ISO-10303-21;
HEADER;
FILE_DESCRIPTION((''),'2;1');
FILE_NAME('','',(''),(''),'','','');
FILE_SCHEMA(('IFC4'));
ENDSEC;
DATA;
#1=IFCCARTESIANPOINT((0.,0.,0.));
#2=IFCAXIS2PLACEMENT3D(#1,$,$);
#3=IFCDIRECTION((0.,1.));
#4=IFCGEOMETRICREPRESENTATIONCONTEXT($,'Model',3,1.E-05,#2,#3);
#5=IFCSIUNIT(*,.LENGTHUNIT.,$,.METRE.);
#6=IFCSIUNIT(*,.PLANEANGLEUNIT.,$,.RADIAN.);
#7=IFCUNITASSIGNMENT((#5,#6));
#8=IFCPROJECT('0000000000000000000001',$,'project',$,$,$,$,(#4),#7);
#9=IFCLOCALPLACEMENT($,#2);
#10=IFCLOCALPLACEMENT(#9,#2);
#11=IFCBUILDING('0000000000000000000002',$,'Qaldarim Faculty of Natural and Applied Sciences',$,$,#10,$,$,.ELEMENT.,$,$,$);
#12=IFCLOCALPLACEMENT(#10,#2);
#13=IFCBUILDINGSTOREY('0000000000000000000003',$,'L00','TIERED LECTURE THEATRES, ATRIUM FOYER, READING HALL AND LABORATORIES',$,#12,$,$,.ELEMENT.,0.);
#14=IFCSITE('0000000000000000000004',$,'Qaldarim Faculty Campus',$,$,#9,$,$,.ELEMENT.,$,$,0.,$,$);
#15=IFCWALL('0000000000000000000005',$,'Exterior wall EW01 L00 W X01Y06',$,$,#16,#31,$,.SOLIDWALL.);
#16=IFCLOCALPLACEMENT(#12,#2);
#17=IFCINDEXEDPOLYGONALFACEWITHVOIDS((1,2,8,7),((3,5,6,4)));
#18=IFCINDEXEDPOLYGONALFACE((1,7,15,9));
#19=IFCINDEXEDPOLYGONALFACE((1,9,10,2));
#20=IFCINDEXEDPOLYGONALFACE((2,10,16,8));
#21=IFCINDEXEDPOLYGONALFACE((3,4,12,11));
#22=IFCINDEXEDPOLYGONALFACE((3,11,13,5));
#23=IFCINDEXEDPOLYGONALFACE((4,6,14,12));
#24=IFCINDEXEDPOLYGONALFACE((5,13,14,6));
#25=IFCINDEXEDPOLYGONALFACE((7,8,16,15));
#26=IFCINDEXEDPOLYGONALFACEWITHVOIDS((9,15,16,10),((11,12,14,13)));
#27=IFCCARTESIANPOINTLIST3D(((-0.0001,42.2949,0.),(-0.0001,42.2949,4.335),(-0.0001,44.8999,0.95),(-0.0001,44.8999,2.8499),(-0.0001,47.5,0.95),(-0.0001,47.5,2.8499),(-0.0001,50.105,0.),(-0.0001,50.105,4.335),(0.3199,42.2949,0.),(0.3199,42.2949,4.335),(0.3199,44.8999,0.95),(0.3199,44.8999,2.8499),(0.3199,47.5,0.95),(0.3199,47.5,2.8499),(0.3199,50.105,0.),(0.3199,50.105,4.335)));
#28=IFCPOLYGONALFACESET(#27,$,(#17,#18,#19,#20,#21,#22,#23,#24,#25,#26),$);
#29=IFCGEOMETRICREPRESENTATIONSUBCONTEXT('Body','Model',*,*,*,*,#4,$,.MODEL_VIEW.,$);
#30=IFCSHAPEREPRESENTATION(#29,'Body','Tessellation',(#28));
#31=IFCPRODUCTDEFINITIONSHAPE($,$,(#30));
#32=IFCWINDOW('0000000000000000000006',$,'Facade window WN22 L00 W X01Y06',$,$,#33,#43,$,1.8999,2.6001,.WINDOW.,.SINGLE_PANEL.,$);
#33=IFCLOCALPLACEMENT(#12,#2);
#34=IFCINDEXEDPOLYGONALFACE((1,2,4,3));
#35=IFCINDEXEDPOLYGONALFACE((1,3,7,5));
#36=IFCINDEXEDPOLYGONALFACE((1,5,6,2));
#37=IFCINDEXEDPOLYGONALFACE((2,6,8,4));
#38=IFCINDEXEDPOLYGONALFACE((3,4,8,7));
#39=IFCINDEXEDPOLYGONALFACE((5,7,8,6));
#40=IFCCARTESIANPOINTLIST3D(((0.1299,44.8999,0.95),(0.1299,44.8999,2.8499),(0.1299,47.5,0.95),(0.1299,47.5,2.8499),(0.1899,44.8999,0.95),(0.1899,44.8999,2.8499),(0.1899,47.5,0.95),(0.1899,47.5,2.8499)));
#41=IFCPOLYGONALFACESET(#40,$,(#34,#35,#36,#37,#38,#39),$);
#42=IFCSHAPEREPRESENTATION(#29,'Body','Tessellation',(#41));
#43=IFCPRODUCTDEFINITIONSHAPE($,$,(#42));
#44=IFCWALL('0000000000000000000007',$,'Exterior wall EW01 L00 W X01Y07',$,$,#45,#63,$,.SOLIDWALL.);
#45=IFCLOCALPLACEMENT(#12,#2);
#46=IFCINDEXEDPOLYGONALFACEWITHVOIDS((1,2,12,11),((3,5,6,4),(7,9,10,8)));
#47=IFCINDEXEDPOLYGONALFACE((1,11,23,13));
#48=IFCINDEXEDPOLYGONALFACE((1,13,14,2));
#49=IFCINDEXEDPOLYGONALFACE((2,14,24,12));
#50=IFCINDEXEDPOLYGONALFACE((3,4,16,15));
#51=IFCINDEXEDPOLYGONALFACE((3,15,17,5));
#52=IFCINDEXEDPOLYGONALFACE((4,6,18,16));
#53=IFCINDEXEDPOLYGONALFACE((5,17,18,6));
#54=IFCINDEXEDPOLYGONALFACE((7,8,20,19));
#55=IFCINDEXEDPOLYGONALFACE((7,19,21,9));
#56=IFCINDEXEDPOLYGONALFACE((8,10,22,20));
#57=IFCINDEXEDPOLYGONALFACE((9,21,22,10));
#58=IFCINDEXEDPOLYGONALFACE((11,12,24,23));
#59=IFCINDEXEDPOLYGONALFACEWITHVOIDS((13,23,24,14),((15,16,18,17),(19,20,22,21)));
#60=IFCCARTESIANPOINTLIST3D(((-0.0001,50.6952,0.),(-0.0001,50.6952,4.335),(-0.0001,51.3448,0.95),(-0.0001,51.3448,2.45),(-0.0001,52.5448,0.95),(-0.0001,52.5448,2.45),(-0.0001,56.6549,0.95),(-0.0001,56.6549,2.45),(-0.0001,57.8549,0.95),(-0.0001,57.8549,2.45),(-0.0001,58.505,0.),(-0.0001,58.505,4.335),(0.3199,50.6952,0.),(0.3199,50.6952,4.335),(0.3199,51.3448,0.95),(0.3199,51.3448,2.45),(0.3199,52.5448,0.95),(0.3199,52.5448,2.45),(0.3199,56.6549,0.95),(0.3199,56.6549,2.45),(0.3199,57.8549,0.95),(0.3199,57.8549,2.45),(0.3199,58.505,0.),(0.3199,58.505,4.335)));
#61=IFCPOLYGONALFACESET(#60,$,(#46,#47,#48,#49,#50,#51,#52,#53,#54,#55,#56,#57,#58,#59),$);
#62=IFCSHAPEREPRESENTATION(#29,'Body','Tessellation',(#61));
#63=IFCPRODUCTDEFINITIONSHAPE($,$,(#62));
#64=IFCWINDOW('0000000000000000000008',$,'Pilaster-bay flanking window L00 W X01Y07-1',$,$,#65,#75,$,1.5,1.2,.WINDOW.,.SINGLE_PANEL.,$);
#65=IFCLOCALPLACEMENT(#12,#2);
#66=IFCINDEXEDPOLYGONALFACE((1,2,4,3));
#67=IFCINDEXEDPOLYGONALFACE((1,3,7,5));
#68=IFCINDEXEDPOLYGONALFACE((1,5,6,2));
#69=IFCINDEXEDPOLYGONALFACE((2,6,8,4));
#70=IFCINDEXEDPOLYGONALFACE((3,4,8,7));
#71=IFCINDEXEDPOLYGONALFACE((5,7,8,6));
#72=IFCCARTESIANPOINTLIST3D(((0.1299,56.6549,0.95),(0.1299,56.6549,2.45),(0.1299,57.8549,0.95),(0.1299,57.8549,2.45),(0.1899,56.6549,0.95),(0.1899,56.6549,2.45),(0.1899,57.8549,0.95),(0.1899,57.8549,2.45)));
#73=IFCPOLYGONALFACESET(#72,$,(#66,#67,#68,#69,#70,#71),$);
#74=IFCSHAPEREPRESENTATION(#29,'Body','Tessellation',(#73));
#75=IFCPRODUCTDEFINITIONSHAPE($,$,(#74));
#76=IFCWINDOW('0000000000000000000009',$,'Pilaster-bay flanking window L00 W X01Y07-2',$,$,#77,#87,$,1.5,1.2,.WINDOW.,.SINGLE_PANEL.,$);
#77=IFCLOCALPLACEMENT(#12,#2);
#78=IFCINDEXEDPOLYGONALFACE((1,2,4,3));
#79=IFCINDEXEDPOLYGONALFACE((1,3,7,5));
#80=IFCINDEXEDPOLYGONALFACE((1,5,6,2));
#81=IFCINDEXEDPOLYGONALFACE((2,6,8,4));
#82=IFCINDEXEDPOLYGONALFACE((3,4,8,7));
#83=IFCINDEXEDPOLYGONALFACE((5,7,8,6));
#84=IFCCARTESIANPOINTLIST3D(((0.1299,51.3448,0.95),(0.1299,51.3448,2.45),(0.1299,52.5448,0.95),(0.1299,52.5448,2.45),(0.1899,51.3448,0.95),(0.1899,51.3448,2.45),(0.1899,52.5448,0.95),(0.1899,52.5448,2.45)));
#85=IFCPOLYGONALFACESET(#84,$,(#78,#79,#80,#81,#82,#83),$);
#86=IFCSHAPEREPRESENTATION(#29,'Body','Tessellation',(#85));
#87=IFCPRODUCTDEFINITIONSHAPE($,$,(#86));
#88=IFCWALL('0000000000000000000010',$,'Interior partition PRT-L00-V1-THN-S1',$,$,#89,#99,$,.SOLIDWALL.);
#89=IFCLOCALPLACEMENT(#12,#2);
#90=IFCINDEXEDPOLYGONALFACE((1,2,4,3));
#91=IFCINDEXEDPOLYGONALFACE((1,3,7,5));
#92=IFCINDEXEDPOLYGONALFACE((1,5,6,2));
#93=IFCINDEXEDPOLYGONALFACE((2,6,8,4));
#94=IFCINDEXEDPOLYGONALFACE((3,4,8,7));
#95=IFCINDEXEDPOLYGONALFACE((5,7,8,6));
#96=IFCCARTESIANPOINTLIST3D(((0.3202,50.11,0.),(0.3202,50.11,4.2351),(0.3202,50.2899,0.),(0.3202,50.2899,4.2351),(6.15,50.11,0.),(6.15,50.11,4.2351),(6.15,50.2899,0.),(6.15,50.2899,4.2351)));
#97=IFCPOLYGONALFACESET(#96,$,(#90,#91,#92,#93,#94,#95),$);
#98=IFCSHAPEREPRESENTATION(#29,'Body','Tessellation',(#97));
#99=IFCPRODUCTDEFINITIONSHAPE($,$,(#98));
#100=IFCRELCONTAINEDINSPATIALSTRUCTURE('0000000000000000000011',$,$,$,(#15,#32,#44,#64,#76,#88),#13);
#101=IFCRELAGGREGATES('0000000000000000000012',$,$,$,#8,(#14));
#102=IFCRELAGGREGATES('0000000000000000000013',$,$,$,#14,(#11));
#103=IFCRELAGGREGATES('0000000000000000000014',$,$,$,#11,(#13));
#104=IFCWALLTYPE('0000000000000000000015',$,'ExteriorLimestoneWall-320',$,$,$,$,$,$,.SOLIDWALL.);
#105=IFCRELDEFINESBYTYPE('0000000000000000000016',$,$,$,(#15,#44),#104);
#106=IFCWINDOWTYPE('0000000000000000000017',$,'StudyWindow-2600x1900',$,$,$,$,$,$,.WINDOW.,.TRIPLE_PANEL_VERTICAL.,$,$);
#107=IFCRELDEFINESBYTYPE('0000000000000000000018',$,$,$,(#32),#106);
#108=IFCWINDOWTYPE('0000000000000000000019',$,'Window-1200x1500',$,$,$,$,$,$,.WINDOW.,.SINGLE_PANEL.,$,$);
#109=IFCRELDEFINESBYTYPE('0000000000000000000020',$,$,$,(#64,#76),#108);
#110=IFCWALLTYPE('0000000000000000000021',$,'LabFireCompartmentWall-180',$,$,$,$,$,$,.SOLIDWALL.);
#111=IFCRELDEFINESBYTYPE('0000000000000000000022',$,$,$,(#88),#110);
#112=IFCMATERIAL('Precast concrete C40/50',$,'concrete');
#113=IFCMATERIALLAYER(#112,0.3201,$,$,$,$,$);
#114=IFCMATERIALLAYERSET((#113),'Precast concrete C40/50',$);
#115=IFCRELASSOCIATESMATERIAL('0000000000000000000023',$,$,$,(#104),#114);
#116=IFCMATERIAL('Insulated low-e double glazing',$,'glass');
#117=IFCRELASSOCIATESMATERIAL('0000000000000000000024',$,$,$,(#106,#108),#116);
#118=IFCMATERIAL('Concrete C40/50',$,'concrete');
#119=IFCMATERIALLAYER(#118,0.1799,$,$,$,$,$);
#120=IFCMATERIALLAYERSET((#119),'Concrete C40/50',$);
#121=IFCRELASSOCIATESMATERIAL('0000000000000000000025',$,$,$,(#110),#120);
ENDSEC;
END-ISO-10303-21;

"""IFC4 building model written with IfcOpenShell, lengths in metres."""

from ifc_helpers import new_model, si_unit, direction, frame, frame_2d, origin, place, context, subcontext, project, spatial, rectangle, extrude, material, layer, layer_set, type_object, element, fill, save


model = new_model("IFC4")

# Units and contexts
model_context = context("Model", 3, precision=1e-05, world=origin(), true_north=direction((0.0, 1.0)))
body_context = subcontext(model_context, "Body", "Model", "MODEL_VIEW")
ifc_project = project(units=[si_unit("LENGTHUNIT", "METRE"), si_unit("PLANEANGLEUNIT", "RADIAN")], contexts=[model_context])

# Site, building, storey
site_placement = place(None, origin())
site = spatial("IfcSite", under=ifc_project, at=site_placement, Name="Qaldarim Faculty Campus", CompositionType="ELEMENT", RefElevation=0.0)
building_placement = place(site_placement, origin())
building = spatial("IfcBuilding", under=site, at=building_placement, Name="Qaldarim Faculty of Natural and Applied Sciences", CompositionType="ELEMENT")
storey_placement = place(building_placement, origin())
storey = spatial("IfcBuildingStorey", under=building, at=storey_placement, Name="L00", Description="TIERED LECTURE THEATRES, ATRIUM FOYER, READING HALL AND LABORATORIES", CompositionType="ELEMENT", Elevation=0.0)

# Wall, opening, window
ifc_material_1 = material(Name="Precast concrete C40/50", Category="concrete")
ifc_layer_1 = layer(ifc_material_1, 0.3201)
ifc_layer_set_1 = layer_set([ifc_layer_1], Name="Precast concrete C40/50")
wall_type_1 = type_object("IfcWallType", Name="ExteriorLimestoneWall-320", PredefinedType="SOLIDWALL", material=ifc_layer_set_1)
wall_1_placement = place(storey_placement, frame((0.1599, 50.105, 0.0), z_axis=(0.0, 0.0, 1.0), x_axis=(0.0, -1.0, 0.0)))
wall_1 = element("IfcWall", 1, at=wall_1_placement, inside=storey, type_object=wall_type_1, Name="Exterior wall EW01 L00 W X01Y06", PredefinedType="SOLIDWALL", context=body_context, shape_type="SweptSolid", body=[
    extrude(rectangle(XDim=7.8101, YDim=0.3201, at=frame_2d((3.905, 0.0))), origin(), (0.0, 0.0, 1.0), 4.335),
])
opening_1_placement = place(wall_1_placement, frame((2.605, 0.0, 0.95)))
opening_1 = element("IfcOpeningElement", 2, at=opening_1_placement, cuts=wall_1, PredefinedType="OPENING", context=body_context, shape_type="SweptSolid", body=[
    extrude(rectangle(XDim=2.6001, YDim=1.8999, at=frame_2d((1.3, 0.95))), frame((0.0, 0.1699, 0.0), z_axis=(0.0, -1.0, 0.0), x_axis=(1.0, 0.0, 0.0)), (0.0, 0.0, 1.0), 0.3401),
])
ifc_material_2 = material(Name="Insulated low-e double glazing", Category="glass")
window_type_1 = type_object("IfcWindowType", Name="StudyWindow-2600x1900", PartitioningType="TRIPLE_PANEL_VERTICAL", PredefinedType="WINDOW", material=ifc_material_2)
window_1_placement = place(opening_1_placement, origin())
window_1 = element("IfcWindow", 3, at=window_1_placement, inside=storey, type_object=window_type_1, Name="Facade window WN22 L00 W X01Y06", OverallHeight=1.8999, OverallWidth=2.6001, PartitioningType="SINGLE_PANEL", PredefinedType="WINDOW", context=body_context, shape_type="SweptSolid", body=[
    extrude(rectangle(XDim=2.6001, YDim=1.8999, at=frame_2d((1.3, 0.95))), frame((0.0, 0.03, 0.0), z_axis=(0.0, -1.0, 0.0), x_axis=(1.0, 0.0, 0.0)), (0.0, 0.0, 1.0), 0.0601),
])
fill(opening_1, window_1)

# Wall, openings, windows
wall_2_placement = place(storey_placement, frame((0.1599, 58.5049, 0.0), z_axis=(0.0, 0.0, 1.0), x_axis=(0.0, -1.0, 0.0)))
wall_2 = element("IfcWall", 4, at=wall_2_placement, inside=storey, type_object=wall_type_1, Name="Exterior wall EW01 L00 W X01Y07", PredefinedType="SOLIDWALL", context=body_context, shape_type="SweptSolid", body=[
    extrude(rectangle(XDim=7.8098, YDim=0.3201, at=frame_2d((3.9048, 0.0))), origin(), (0.0, 0.0, 1.0), 4.335),
])
opening_2_placement = place(wall_2_placement, frame((0.6499, 0.0, 0.95)))
opening_2 = element("IfcOpeningElement", 5, at=opening_2_placement, cuts=wall_2, PredefinedType="OPENING", context=body_context, shape_type="SweptSolid", body=[
    extrude(rectangle(XDim=1.2, YDim=1.5, at=frame_2d((0.6001, 0.75))), frame((0.0, 0.1699, 0.0), z_axis=(0.0, -1.0, 0.0), x_axis=(1.0, 0.0, 0.0)), (0.0, 0.0, 1.0), 0.3401),
])
opening_3_placement = place(wall_2_placement, frame((5.96, 0.0, 0.95)))
opening_3 = element("IfcOpeningElement", 6, at=opening_3_placement, cuts=wall_2, PredefinedType="OPENING", context=body_context, shape_type="SweptSolid", body=[
    extrude(rectangle(XDim=1.2, YDim=1.5, at=frame_2d((0.6001, 0.75))), frame((0.0, 0.1699, 0.0), z_axis=(0.0, -1.0, 0.0), x_axis=(1.0, 0.0, 0.0)), (0.0, 0.0, 1.0), 0.3401),
])
window_type_2 = type_object("IfcWindowType", Name="Window-1200x1500", PartitioningType="SINGLE_PANEL", PredefinedType="WINDOW", material=ifc_material_2)
window_2_placement = place(opening_2_placement, origin())
window_2 = element("IfcWindow", 7, at=window_2_placement, inside=storey, type_object=window_type_2, Name="Pilaster-bay flanking window L00 W X01Y07-1", OverallHeight=1.5, OverallWidth=1.2, PartitioningType="SINGLE_PANEL", PredefinedType="WINDOW", context=body_context, shape_type="SweptSolid", body=[
    extrude(rectangle(XDim=1.2, YDim=1.5, at=frame_2d((0.6001, 0.75))), frame((0.0, 0.03, 0.0), z_axis=(0.0, -1.0, 0.0), x_axis=(1.0, 0.0, 0.0)), (0.0, 0.0, 1.0), 0.0601),
])
fill(opening_2, window_2)
window_3_placement = place(opening_3_placement, origin())
window_3 = element("IfcWindow", 8, at=window_3_placement, inside=storey, type_object=window_type_2, Name="Pilaster-bay flanking window L00 W X01Y07-2", OverallHeight=1.5, OverallWidth=1.2, PartitioningType="SINGLE_PANEL", PredefinedType="WINDOW", context=body_context, shape_type="SweptSolid", body=[
    extrude(rectangle(XDim=1.2, YDim=1.5, at=frame_2d((0.6001, 0.75))), frame((0.0, 0.03, 0.0), z_axis=(0.0, -1.0, 0.0), x_axis=(1.0, 0.0, 0.0)), (0.0, 0.0, 1.0), 0.0601),
])
fill(opening_3, window_3)

# Wall
ifc_material_3 = material(Name="Concrete C40/50", Category="concrete")
ifc_layer_2 = layer(ifc_material_3, 0.1799)
ifc_layer_set_2 = layer_set([ifc_layer_2], Name="Concrete C40/50")
wall_type_2 = type_object("IfcWallType", Name="LabFireCompartmentWall-180", PredefinedType="SOLIDWALL", material=ifc_layer_set_2)
wall_3_placement = place(storey_placement, frame((0.3201, 50.2, 0.0), z_axis=(0.0, 0.0, 1.0), x_axis=(1.0, 0.0, 0.0)))
element("IfcWall", 9, at=wall_3_placement, inside=storey, type_object=wall_type_2, Name="Interior partition PRT-L00-V1-THN-S1", PredefinedType="SOLIDWALL", context=body_context, shape_type="SweptSolid", body=[
    extrude(rectangle(XDim=5.8298, YDim=0.1799, at=frame_2d((2.915, 0.0))), origin(), (0.0, 0.0, 1.0), 4.2351),
])

save(model, "model.ifc")
